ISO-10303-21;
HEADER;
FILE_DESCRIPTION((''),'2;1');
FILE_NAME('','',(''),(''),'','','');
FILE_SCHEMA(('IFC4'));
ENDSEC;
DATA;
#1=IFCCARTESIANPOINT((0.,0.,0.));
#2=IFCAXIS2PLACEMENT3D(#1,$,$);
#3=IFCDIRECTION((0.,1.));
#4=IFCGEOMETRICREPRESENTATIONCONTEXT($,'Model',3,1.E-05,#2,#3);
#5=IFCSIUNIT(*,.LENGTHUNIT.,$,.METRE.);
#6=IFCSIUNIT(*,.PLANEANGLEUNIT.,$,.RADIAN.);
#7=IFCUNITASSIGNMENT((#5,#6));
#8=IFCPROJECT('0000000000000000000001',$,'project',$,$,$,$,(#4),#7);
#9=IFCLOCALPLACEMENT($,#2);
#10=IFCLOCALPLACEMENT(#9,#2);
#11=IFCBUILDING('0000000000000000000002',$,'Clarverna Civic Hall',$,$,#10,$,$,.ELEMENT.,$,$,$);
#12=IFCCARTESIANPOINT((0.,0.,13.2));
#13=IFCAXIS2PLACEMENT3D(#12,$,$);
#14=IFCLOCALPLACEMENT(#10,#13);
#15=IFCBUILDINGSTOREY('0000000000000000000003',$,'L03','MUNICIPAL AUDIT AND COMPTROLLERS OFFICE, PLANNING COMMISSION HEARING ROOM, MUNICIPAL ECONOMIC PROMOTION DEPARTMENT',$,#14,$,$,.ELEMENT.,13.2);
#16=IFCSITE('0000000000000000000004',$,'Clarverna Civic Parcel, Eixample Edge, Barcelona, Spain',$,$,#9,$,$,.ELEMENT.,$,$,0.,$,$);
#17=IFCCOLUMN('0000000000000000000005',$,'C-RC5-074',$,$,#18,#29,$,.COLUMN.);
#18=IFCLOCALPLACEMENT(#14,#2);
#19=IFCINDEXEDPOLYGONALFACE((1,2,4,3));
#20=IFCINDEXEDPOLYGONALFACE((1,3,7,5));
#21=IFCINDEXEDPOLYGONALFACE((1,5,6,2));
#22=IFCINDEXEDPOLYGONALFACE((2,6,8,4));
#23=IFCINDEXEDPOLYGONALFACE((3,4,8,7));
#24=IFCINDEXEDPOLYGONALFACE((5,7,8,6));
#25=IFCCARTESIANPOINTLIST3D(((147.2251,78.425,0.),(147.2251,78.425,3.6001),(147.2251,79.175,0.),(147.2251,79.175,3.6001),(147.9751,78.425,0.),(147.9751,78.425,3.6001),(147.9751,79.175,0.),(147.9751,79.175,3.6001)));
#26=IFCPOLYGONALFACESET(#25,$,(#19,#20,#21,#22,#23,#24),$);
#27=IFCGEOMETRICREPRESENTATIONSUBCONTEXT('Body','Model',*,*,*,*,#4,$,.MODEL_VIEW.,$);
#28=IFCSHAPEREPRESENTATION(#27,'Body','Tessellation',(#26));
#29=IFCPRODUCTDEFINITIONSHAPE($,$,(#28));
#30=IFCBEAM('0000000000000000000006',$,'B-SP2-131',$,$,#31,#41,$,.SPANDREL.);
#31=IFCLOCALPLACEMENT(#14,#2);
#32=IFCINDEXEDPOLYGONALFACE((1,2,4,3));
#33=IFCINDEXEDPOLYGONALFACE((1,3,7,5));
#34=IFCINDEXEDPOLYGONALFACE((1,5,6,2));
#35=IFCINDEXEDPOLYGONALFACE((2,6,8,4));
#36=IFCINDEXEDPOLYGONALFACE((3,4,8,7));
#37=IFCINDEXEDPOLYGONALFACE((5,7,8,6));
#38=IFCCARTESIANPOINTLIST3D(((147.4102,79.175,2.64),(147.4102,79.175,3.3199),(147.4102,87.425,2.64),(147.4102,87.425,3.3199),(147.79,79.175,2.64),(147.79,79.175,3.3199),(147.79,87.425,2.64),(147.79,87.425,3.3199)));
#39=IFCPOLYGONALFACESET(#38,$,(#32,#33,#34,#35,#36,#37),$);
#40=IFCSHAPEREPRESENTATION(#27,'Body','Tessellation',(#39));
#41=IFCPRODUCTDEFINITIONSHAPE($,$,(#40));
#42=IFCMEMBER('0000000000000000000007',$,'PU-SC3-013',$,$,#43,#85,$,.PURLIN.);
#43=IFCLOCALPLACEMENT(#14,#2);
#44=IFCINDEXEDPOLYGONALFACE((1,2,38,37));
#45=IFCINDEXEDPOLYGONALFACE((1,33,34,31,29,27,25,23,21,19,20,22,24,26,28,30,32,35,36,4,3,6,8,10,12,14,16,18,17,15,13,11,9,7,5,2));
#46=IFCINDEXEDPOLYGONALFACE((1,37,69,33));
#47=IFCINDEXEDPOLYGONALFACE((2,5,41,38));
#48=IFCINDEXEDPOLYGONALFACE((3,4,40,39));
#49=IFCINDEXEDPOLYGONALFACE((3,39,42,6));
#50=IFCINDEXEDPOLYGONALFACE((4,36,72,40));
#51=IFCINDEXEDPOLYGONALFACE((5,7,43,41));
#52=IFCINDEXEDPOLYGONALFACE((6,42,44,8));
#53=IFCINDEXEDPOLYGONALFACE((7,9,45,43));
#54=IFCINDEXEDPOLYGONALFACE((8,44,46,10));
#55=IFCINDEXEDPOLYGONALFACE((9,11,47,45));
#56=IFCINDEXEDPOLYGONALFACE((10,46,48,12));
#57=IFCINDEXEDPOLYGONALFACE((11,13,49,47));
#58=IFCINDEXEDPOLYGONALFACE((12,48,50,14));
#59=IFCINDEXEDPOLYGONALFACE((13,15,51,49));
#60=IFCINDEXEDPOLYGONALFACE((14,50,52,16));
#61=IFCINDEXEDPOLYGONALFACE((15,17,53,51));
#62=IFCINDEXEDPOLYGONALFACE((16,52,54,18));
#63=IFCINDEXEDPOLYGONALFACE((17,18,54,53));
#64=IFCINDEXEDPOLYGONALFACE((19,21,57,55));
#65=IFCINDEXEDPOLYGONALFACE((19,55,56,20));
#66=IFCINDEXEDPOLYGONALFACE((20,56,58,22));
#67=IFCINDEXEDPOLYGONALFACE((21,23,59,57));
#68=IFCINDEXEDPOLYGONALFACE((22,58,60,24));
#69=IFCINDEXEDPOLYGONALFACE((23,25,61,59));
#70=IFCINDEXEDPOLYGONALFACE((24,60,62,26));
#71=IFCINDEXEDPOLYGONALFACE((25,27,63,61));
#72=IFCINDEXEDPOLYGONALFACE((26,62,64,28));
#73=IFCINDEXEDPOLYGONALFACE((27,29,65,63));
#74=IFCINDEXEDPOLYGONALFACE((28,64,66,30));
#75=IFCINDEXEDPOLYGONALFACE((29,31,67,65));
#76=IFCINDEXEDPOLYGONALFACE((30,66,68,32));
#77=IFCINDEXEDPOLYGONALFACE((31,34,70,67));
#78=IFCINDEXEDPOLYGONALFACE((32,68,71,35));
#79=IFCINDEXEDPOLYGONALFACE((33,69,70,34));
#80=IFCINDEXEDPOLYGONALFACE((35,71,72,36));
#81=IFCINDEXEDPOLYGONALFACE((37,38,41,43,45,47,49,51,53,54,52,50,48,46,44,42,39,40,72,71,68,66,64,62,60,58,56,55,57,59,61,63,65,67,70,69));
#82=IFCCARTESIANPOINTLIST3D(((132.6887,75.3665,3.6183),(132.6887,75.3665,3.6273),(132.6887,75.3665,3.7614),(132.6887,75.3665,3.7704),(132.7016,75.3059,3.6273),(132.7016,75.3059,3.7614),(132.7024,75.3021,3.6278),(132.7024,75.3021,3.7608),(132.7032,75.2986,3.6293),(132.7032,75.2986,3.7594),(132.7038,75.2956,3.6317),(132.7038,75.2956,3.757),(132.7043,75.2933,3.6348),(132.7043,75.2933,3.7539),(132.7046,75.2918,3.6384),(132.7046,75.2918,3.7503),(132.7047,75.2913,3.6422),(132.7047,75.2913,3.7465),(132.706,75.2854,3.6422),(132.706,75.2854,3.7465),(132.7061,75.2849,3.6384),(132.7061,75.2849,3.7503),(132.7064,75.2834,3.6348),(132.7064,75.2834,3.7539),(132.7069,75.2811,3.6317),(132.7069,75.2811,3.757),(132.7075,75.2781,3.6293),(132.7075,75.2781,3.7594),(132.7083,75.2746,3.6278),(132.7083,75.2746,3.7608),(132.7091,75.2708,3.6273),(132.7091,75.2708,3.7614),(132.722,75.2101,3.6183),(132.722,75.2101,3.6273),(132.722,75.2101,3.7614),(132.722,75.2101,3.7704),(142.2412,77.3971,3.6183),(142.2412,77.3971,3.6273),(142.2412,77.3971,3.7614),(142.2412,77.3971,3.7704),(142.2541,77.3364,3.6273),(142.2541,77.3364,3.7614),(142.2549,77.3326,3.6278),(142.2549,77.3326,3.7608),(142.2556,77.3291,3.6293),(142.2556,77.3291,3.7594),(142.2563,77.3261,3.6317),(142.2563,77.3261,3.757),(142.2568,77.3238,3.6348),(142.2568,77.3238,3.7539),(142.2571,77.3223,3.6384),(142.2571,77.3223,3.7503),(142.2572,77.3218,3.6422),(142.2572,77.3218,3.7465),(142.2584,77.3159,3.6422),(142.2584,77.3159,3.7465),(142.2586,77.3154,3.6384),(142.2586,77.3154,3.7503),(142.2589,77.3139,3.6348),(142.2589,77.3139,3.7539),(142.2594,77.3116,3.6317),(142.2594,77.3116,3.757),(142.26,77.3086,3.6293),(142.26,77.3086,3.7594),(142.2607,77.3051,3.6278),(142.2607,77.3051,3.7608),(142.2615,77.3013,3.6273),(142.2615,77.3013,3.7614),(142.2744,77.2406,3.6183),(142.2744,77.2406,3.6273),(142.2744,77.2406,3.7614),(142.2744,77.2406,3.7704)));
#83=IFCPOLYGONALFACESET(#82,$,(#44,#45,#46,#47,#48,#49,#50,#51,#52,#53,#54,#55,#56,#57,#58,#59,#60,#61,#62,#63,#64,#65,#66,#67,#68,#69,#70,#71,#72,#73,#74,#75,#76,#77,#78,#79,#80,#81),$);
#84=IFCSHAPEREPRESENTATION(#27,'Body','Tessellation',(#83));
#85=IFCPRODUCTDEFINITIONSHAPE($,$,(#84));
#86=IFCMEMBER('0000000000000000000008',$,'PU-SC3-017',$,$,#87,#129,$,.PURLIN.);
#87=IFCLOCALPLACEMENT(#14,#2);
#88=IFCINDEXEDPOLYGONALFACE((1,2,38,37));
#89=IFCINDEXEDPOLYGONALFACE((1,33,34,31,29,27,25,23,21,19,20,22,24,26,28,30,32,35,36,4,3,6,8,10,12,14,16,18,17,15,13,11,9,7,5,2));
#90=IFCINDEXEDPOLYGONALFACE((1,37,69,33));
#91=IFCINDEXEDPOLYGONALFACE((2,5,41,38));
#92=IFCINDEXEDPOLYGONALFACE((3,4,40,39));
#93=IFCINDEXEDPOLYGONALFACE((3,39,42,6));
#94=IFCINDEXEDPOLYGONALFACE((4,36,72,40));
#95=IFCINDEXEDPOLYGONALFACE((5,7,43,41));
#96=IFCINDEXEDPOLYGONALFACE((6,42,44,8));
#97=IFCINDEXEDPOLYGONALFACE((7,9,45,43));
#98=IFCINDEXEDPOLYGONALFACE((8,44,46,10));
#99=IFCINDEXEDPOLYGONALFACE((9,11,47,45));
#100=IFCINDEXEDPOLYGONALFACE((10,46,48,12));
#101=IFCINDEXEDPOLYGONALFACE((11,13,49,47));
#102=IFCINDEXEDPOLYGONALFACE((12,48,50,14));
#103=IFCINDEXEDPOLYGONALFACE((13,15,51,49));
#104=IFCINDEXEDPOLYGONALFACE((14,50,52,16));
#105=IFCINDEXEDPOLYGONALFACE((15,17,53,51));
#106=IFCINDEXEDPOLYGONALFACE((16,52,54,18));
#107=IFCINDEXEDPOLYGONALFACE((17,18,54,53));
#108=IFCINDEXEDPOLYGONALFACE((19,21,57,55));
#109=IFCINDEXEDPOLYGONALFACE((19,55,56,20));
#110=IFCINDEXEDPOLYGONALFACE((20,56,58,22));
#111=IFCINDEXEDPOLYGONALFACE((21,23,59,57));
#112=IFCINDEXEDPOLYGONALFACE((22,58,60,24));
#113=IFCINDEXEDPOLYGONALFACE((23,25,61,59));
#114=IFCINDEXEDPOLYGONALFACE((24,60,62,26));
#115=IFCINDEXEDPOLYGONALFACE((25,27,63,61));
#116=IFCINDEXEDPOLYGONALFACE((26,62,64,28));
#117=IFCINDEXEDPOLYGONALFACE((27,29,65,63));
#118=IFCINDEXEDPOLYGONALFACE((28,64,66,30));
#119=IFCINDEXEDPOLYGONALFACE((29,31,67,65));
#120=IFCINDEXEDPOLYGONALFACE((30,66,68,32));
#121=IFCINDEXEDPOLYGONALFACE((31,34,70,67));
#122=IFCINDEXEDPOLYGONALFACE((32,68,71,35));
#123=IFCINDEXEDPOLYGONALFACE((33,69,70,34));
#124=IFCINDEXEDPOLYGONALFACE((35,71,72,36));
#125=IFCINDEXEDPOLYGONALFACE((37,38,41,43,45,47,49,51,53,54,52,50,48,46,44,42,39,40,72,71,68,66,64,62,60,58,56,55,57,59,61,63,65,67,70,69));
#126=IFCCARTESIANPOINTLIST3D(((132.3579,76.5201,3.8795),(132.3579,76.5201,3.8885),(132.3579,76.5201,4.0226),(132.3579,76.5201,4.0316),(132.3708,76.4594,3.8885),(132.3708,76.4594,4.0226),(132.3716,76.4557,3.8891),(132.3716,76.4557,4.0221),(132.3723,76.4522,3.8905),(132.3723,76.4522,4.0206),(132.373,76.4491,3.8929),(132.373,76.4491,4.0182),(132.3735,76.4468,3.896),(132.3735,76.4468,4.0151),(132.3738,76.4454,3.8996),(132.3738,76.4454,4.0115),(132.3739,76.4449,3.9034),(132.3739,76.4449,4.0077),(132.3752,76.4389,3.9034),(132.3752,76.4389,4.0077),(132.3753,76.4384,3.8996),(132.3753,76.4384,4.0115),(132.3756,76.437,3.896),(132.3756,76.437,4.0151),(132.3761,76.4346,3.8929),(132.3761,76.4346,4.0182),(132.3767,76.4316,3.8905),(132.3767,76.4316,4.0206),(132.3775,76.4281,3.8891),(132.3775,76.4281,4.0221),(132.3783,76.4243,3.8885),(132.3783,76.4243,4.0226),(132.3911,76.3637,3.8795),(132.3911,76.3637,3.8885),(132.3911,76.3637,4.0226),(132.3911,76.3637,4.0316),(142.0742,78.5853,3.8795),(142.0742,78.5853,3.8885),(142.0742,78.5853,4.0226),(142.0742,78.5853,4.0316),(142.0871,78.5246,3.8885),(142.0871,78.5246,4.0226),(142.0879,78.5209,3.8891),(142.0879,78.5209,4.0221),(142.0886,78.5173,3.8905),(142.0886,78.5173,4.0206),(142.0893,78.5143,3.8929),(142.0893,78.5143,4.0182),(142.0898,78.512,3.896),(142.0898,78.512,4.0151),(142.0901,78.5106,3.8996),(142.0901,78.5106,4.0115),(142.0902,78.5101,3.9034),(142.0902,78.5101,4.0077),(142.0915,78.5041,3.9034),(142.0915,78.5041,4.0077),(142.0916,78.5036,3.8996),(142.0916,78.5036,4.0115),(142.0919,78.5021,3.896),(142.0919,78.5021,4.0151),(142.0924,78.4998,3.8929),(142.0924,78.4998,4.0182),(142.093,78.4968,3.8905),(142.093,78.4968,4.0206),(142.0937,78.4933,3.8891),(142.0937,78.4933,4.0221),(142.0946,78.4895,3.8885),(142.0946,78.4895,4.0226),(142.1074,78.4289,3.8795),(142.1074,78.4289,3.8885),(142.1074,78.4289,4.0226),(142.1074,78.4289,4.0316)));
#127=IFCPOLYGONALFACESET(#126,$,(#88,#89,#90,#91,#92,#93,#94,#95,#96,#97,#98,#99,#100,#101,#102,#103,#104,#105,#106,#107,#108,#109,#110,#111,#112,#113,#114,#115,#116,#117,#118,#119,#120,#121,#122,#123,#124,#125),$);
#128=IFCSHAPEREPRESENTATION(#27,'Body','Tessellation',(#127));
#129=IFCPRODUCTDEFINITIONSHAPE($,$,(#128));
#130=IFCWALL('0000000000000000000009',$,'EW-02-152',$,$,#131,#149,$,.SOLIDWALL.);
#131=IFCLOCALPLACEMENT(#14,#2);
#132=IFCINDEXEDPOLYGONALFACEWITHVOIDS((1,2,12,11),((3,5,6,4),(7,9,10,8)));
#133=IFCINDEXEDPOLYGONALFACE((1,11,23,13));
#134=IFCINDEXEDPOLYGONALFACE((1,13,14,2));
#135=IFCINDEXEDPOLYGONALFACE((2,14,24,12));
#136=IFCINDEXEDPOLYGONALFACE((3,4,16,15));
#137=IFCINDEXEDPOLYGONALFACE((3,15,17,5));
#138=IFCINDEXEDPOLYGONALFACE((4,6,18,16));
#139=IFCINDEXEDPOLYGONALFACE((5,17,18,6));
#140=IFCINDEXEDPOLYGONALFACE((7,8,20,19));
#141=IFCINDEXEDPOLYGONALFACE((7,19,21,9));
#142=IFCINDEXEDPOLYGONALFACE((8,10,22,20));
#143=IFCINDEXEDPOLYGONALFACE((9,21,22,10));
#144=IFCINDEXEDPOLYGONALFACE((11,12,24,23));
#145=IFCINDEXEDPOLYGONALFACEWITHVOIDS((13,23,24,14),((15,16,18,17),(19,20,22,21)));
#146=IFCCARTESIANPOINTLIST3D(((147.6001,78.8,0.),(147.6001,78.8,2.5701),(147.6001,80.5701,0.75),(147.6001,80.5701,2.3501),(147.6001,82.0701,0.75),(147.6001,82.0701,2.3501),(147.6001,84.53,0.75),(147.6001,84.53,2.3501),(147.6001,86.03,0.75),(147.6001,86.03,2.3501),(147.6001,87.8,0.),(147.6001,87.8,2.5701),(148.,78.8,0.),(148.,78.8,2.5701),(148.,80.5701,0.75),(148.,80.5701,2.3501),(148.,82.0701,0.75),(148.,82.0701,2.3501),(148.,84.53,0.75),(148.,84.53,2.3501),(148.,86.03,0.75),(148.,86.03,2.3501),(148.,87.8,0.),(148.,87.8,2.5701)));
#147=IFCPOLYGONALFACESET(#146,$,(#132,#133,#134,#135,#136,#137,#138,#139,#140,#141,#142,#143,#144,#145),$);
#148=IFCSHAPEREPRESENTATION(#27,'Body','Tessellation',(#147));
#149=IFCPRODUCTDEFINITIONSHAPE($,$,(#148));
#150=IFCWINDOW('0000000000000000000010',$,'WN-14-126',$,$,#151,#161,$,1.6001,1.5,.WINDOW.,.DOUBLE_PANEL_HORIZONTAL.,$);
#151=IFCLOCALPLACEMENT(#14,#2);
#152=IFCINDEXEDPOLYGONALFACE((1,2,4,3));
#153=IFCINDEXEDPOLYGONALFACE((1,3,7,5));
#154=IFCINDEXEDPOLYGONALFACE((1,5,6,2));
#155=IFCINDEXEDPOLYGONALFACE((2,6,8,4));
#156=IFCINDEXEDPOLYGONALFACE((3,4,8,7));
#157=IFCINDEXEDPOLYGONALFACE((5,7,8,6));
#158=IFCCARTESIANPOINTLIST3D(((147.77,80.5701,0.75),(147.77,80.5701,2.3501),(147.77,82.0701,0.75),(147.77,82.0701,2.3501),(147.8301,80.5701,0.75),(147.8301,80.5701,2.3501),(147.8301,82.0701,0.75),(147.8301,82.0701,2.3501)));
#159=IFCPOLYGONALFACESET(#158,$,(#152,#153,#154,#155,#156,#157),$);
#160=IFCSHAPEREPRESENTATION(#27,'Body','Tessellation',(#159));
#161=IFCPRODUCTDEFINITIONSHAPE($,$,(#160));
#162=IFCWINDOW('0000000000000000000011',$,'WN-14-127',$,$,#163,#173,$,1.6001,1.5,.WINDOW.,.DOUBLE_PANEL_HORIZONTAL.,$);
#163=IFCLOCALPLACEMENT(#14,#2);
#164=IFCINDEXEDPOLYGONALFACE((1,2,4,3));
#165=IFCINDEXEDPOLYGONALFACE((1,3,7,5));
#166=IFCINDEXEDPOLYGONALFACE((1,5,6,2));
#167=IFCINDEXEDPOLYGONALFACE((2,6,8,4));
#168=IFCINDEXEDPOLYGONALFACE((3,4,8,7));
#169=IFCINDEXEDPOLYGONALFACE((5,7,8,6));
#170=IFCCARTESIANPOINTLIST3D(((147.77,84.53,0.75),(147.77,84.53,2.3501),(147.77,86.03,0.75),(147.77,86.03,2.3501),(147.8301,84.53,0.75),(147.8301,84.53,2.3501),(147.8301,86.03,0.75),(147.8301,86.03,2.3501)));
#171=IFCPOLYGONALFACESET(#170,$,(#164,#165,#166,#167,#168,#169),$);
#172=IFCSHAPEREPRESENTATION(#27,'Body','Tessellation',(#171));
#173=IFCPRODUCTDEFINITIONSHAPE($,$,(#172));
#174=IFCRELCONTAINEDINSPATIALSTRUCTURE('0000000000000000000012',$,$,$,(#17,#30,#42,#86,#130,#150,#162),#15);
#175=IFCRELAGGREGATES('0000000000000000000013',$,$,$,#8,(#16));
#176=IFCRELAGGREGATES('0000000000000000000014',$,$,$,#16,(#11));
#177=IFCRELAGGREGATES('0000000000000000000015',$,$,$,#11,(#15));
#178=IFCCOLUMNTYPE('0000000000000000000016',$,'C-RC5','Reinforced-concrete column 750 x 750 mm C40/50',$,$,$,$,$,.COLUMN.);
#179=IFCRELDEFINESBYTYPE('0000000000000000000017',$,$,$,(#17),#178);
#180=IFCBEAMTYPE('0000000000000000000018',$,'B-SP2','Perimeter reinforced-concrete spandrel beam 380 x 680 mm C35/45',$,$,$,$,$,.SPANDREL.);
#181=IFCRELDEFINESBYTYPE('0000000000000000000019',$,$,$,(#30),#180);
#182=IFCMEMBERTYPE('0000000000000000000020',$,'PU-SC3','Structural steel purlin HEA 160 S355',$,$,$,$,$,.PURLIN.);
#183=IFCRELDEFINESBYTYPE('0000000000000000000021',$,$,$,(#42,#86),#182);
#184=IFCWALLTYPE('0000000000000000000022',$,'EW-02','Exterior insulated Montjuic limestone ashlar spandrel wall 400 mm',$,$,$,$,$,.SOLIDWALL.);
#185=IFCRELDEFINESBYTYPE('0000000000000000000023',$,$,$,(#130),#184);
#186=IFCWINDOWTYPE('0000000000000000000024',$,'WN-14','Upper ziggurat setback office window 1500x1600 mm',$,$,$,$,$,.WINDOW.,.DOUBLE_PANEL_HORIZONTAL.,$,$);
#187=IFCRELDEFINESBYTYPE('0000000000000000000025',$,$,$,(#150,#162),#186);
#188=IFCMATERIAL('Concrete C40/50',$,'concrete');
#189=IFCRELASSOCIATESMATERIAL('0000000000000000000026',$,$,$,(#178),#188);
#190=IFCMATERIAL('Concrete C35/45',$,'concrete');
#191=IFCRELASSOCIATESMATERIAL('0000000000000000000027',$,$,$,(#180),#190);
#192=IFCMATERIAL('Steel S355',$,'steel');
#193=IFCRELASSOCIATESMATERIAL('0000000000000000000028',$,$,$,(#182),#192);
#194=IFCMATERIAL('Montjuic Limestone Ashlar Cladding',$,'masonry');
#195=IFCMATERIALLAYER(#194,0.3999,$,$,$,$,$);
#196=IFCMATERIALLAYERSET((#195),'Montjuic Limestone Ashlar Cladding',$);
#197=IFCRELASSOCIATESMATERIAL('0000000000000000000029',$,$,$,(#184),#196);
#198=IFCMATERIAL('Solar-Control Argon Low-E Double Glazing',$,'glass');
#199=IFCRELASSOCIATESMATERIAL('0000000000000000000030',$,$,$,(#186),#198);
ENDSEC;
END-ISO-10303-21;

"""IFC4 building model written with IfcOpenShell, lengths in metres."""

from ifc_helpers import new_model, si_unit, direction, frame, frame_2d, origin, origin_2d, place, context, subcontext, project, spatial, rectangle, i_section, extrude, material, layer, layer_set, material_profile, profile_set, type_object, element, fill, save


model = new_model("IFC4")

# Units and contexts
model_context = context("Model", 3, precision=1e-05, world=origin(), true_north=direction((0.0, 1.0)))
body_context = subcontext(model_context, "Body", "Model", "MODEL_VIEW")
ifc_project = project(units=[si_unit("LENGTHUNIT", "METRE"), si_unit("PLANEANGLEUNIT", "RADIAN")], contexts=[model_context])

# Site, building, storey
site_placement = place(None, origin())
site = spatial("IfcSite", under=ifc_project, at=site_placement, Name="Clarverna Civic Parcel, Eixample Edge, Barcelona, Spain", CompositionType="ELEMENT", RefElevation=0.0)
building_placement = place(site_placement, origin())
building = spatial("IfcBuilding", under=site, at=building_placement, Name="Clarverna Civic Hall", CompositionType="ELEMENT")
storey_placement = place(building_placement, frame((0.0, 0.0, 13.2)))
storey = spatial("IfcBuildingStorey", under=building, at=storey_placement, Name="L03", Description="MUNICIPAL AUDIT AND COMPTROLLERS OFFICE, PLANNING COMMISSION HEARING ROOM, MUNICIPAL ECONOMIC PROMOTION DEPARTMENT", CompositionType="ELEMENT", Elevation=13.2)

# Column
ifc_material_1 = material(Name="Concrete C40/50", Category="concrete")
ifc_material_profile_1 = material_profile(ifc_material_1, rectangle(XDim=0.75, YDim=0.75, at=origin_2d()), Name="RC 750x750")
ifc_profile_set_1 = profile_set([ifc_material_profile_1], Name="Concrete C40/50")
column_type = type_object("IfcColumnType", Name="C-RC5", Description="Reinforced-concrete column 750 x 750 mm C40/50", PredefinedType="COLUMN", material=ifc_profile_set_1)
column_placement = place(storey_placement, frame((147.6001, 78.8, 0.0), z_axis=(0.0, 0.0, 1.0), x_axis=(1.0, 0.0, 0.0)))
element("IfcColumn", 1, at=column_placement, inside=storey, type_object=column_type, Name="C-RC5-074", PredefinedType="COLUMN", context=body_context, shape_type="SweptSolid", body=[
    extrude(rectangle(XDim=0.75, YDim=0.75, at=origin_2d()), origin(), (0.0, 0.0, 1.0), 3.6001),
])

# Beam
ifc_material_2 = material(Name="Concrete C35/45", Category="concrete")
ifc_material_profile_2 = material_profile(ifc_material_2, rectangle(XDim=0.3799, YDim=0.6799, at=origin_2d()), Name="RC 380x680")
ifc_profile_set_2 = profile_set([ifc_material_profile_2], Name="Concrete C35/45")
beam_type = type_object("IfcBeamType", Name="B-SP2", Description="Perimeter reinforced-concrete spandrel beam 380 x 680 mm C35/45", PredefinedType="SPANDREL", material=ifc_profile_set_2)
beam_placement = place(storey_placement, frame((147.6001, 79.175, 2.98), z_axis=(0.0, 1.0, 0.0), x_axis=(-1.0, 0.0, 0.0)))
element("IfcBeam", 2, at=beam_placement, inside=storey, type_object=beam_type, Name="B-SP2-131", PredefinedType="SPANDREL", context=body_context, shape_type="SweptSolid", body=[
    extrude(rectangle(XDim=0.3799, YDim=0.6799, at=origin_2d()), origin(), (0.0, 0.0, 1.0), 8.25),
])

# Members
ifc_material_3 = material(Name="Steel S355", Category="steel")
ifc_material_profile_3 = material_profile(ifc_material_3, i_section(OverallWidth=0.1599, OverallDepth=0.1521, WebThickness=0.0061, FlangeThickness=0.009, FilletRadius=0.0149, at=origin_2d()), Name="HEA 160")
ifc_profile_set_3 = profile_set([ifc_material_profile_3], Name="Steel S355")
member_type = type_object("IfcMemberType", Name="PU-SC3", Description="Structural steel purlin HEA 160 S355", PredefinedType="PURLIN", material=ifc_profile_set_3)
member_1_placement = place(storey_placement, frame((142.2578, 77.3188, 3.6943), z_axis=(-0.978146, -0.207919, 0.0), x_axis=(0.207919, -0.978146, 0.0)))
element("IfcMember", 3, at=member_1_placement, inside=storey, type_object=member_type, Name="PU-SC3-013", PredefinedType="PURLIN", context=body_context, shape_type="SweptSolid", body=[
    extrude(i_section(OverallWidth=0.1599, OverallDepth=0.1521, WebThickness=0.0061, FlangeThickness=0.009, FilletRadius=0.0149, at=origin_2d()), origin(), (0.0, 0.0, 1.0), 9.7659),
])
member_2_placement = place(storey_placement, frame((142.0908, 78.5071, 3.9556), z_axis=(-0.978149, -0.207904, 0.0), x_axis=(0.207904, -0.978149, 0.0)))
element("IfcMember", 4, at=member_2_placement, inside=storey, type_object=member_type, Name="PU-SC3-017", PredefinedType="PURLIN", context=body_context, shape_type="SweptSolid", body=[
    extrude(i_section(OverallWidth=0.1599, OverallDepth=0.1521, WebThickness=0.0061, FlangeThickness=0.009, FilletRadius=0.0149, at=origin_2d()), origin(), (0.0, 0.0, 1.0), 9.9333),
])

# Wall, openings, windows
ifc_material_4 = material(Name="Montjuic Limestone Ashlar Cladding", Category="masonry")
ifc_layer_1 = layer(ifc_material_4, 0.3999)
ifc_layer_set_1 = layer_set([ifc_layer_1], Name="Montjuic Limestone Ashlar Cladding")
wall_type = type_object("IfcWallType", Name="EW-02", Description="Exterior insulated Montjuic limestone ashlar spandrel wall 400 mm", PredefinedType="SOLIDWALL", material=ifc_layer_set_1)
wall_placement = place(storey_placement, frame((147.8, 78.8, 0.0), z_axis=(0.0, 0.0, 1.0), x_axis=(0.0, 1.0, 0.0)))
wall = element("IfcWall", 5, at=wall_placement, inside=storey, type_object=wall_type, Name="EW-02-152", PredefinedType="SOLIDWALL", context=body_context, shape_type="SweptSolid", body=[
    extrude(rectangle(XDim=9.0, YDim=0.3999, at=frame_2d((4.5, 0.0))), origin(), (0.0, 0.0, 1.0), 2.5701),
])
opening_1_placement = place(wall_placement, frame((1.77, 0.0, 0.75)))
opening_1 = element("IfcOpeningElement", 6, at=opening_1_placement, cuts=wall, PredefinedType="OPENING", context=body_context, shape_type="SweptSolid", body=[
    extrude(rectangle(XDim=1.5, YDim=1.6001, at=frame_2d((0.75, 0.8))), frame((0.0, 0.21, 0.0), z_axis=(0.0, -1.0, 0.0), x_axis=(1.0, 0.0, 0.0)), (0.0, 0.0, 1.0), 0.4199),
])
opening_2_placement = place(wall_placement, frame((5.73, 0.0, 0.75)))
opening_2 = element("IfcOpeningElement", 7, at=opening_2_placement, cuts=wall, PredefinedType="OPENING", context=body_context, shape_type="SweptSolid", body=[
    extrude(rectangle(XDim=1.5, YDim=1.6001, at=frame_2d((0.75, 0.8))), frame((0.0, 0.21, 0.0), z_axis=(0.0, -1.0, 0.0), x_axis=(1.0, 0.0, 0.0)), (0.0, 0.0, 1.0), 0.4199),
])
ifc_material_5 = material(Name="Solar-Control Argon Low-E Double Glazing", Category="glass")
window_type = type_object("IfcWindowType", Name="WN-14", Description="Upper ziggurat setback office window 1500x1600 mm", PartitioningType="DOUBLE_PANEL_HORIZONTAL", PredefinedType="WINDOW", material=ifc_material_5)
window_1_placement = place(opening_1_placement, origin())
window_1 = element("IfcWindow", 8, at=window_1_placement, inside=storey, type_object=window_type, Name="WN-14-126", OverallHeight=1.6001, OverallWidth=1.5, PartitioningType="DOUBLE_PANEL_HORIZONTAL", PredefinedType="WINDOW", context=body_context, shape_type="SweptSolid", body=[
    extrude(rectangle(XDim=1.5, YDim=1.6001, at=frame_2d((0.75, 0.8))), frame((0.0, 0.03, 0.0), z_axis=(0.0, -1.0, 0.0), x_axis=(1.0, 0.0, 0.0)), (0.0, 0.0, 1.0), 0.0601),
])
fill(opening_1, window_1)
window_2_placement = place(opening_2_placement, origin())
window_2 = element("IfcWindow", 9, at=window_2_placement, inside=storey, type_object=window_type, Name="WN-14-127", OverallHeight=1.6001, OverallWidth=1.5, PartitioningType="DOUBLE_PANEL_HORIZONTAL", PredefinedType="WINDOW", context=body_context, shape_type="SweptSolid", body=[
    extrude(rectangle(XDim=1.5, YDim=1.6001, at=frame_2d((0.75, 0.8))), frame((0.0, 0.03, 0.0), z_axis=(0.0, -1.0, 0.0), x_axis=(1.0, 0.0, 0.0)), (0.0, 0.0, 1.0), 0.0601),
])
fill(opening_2, window_2)

save(model, "model.ifc")
